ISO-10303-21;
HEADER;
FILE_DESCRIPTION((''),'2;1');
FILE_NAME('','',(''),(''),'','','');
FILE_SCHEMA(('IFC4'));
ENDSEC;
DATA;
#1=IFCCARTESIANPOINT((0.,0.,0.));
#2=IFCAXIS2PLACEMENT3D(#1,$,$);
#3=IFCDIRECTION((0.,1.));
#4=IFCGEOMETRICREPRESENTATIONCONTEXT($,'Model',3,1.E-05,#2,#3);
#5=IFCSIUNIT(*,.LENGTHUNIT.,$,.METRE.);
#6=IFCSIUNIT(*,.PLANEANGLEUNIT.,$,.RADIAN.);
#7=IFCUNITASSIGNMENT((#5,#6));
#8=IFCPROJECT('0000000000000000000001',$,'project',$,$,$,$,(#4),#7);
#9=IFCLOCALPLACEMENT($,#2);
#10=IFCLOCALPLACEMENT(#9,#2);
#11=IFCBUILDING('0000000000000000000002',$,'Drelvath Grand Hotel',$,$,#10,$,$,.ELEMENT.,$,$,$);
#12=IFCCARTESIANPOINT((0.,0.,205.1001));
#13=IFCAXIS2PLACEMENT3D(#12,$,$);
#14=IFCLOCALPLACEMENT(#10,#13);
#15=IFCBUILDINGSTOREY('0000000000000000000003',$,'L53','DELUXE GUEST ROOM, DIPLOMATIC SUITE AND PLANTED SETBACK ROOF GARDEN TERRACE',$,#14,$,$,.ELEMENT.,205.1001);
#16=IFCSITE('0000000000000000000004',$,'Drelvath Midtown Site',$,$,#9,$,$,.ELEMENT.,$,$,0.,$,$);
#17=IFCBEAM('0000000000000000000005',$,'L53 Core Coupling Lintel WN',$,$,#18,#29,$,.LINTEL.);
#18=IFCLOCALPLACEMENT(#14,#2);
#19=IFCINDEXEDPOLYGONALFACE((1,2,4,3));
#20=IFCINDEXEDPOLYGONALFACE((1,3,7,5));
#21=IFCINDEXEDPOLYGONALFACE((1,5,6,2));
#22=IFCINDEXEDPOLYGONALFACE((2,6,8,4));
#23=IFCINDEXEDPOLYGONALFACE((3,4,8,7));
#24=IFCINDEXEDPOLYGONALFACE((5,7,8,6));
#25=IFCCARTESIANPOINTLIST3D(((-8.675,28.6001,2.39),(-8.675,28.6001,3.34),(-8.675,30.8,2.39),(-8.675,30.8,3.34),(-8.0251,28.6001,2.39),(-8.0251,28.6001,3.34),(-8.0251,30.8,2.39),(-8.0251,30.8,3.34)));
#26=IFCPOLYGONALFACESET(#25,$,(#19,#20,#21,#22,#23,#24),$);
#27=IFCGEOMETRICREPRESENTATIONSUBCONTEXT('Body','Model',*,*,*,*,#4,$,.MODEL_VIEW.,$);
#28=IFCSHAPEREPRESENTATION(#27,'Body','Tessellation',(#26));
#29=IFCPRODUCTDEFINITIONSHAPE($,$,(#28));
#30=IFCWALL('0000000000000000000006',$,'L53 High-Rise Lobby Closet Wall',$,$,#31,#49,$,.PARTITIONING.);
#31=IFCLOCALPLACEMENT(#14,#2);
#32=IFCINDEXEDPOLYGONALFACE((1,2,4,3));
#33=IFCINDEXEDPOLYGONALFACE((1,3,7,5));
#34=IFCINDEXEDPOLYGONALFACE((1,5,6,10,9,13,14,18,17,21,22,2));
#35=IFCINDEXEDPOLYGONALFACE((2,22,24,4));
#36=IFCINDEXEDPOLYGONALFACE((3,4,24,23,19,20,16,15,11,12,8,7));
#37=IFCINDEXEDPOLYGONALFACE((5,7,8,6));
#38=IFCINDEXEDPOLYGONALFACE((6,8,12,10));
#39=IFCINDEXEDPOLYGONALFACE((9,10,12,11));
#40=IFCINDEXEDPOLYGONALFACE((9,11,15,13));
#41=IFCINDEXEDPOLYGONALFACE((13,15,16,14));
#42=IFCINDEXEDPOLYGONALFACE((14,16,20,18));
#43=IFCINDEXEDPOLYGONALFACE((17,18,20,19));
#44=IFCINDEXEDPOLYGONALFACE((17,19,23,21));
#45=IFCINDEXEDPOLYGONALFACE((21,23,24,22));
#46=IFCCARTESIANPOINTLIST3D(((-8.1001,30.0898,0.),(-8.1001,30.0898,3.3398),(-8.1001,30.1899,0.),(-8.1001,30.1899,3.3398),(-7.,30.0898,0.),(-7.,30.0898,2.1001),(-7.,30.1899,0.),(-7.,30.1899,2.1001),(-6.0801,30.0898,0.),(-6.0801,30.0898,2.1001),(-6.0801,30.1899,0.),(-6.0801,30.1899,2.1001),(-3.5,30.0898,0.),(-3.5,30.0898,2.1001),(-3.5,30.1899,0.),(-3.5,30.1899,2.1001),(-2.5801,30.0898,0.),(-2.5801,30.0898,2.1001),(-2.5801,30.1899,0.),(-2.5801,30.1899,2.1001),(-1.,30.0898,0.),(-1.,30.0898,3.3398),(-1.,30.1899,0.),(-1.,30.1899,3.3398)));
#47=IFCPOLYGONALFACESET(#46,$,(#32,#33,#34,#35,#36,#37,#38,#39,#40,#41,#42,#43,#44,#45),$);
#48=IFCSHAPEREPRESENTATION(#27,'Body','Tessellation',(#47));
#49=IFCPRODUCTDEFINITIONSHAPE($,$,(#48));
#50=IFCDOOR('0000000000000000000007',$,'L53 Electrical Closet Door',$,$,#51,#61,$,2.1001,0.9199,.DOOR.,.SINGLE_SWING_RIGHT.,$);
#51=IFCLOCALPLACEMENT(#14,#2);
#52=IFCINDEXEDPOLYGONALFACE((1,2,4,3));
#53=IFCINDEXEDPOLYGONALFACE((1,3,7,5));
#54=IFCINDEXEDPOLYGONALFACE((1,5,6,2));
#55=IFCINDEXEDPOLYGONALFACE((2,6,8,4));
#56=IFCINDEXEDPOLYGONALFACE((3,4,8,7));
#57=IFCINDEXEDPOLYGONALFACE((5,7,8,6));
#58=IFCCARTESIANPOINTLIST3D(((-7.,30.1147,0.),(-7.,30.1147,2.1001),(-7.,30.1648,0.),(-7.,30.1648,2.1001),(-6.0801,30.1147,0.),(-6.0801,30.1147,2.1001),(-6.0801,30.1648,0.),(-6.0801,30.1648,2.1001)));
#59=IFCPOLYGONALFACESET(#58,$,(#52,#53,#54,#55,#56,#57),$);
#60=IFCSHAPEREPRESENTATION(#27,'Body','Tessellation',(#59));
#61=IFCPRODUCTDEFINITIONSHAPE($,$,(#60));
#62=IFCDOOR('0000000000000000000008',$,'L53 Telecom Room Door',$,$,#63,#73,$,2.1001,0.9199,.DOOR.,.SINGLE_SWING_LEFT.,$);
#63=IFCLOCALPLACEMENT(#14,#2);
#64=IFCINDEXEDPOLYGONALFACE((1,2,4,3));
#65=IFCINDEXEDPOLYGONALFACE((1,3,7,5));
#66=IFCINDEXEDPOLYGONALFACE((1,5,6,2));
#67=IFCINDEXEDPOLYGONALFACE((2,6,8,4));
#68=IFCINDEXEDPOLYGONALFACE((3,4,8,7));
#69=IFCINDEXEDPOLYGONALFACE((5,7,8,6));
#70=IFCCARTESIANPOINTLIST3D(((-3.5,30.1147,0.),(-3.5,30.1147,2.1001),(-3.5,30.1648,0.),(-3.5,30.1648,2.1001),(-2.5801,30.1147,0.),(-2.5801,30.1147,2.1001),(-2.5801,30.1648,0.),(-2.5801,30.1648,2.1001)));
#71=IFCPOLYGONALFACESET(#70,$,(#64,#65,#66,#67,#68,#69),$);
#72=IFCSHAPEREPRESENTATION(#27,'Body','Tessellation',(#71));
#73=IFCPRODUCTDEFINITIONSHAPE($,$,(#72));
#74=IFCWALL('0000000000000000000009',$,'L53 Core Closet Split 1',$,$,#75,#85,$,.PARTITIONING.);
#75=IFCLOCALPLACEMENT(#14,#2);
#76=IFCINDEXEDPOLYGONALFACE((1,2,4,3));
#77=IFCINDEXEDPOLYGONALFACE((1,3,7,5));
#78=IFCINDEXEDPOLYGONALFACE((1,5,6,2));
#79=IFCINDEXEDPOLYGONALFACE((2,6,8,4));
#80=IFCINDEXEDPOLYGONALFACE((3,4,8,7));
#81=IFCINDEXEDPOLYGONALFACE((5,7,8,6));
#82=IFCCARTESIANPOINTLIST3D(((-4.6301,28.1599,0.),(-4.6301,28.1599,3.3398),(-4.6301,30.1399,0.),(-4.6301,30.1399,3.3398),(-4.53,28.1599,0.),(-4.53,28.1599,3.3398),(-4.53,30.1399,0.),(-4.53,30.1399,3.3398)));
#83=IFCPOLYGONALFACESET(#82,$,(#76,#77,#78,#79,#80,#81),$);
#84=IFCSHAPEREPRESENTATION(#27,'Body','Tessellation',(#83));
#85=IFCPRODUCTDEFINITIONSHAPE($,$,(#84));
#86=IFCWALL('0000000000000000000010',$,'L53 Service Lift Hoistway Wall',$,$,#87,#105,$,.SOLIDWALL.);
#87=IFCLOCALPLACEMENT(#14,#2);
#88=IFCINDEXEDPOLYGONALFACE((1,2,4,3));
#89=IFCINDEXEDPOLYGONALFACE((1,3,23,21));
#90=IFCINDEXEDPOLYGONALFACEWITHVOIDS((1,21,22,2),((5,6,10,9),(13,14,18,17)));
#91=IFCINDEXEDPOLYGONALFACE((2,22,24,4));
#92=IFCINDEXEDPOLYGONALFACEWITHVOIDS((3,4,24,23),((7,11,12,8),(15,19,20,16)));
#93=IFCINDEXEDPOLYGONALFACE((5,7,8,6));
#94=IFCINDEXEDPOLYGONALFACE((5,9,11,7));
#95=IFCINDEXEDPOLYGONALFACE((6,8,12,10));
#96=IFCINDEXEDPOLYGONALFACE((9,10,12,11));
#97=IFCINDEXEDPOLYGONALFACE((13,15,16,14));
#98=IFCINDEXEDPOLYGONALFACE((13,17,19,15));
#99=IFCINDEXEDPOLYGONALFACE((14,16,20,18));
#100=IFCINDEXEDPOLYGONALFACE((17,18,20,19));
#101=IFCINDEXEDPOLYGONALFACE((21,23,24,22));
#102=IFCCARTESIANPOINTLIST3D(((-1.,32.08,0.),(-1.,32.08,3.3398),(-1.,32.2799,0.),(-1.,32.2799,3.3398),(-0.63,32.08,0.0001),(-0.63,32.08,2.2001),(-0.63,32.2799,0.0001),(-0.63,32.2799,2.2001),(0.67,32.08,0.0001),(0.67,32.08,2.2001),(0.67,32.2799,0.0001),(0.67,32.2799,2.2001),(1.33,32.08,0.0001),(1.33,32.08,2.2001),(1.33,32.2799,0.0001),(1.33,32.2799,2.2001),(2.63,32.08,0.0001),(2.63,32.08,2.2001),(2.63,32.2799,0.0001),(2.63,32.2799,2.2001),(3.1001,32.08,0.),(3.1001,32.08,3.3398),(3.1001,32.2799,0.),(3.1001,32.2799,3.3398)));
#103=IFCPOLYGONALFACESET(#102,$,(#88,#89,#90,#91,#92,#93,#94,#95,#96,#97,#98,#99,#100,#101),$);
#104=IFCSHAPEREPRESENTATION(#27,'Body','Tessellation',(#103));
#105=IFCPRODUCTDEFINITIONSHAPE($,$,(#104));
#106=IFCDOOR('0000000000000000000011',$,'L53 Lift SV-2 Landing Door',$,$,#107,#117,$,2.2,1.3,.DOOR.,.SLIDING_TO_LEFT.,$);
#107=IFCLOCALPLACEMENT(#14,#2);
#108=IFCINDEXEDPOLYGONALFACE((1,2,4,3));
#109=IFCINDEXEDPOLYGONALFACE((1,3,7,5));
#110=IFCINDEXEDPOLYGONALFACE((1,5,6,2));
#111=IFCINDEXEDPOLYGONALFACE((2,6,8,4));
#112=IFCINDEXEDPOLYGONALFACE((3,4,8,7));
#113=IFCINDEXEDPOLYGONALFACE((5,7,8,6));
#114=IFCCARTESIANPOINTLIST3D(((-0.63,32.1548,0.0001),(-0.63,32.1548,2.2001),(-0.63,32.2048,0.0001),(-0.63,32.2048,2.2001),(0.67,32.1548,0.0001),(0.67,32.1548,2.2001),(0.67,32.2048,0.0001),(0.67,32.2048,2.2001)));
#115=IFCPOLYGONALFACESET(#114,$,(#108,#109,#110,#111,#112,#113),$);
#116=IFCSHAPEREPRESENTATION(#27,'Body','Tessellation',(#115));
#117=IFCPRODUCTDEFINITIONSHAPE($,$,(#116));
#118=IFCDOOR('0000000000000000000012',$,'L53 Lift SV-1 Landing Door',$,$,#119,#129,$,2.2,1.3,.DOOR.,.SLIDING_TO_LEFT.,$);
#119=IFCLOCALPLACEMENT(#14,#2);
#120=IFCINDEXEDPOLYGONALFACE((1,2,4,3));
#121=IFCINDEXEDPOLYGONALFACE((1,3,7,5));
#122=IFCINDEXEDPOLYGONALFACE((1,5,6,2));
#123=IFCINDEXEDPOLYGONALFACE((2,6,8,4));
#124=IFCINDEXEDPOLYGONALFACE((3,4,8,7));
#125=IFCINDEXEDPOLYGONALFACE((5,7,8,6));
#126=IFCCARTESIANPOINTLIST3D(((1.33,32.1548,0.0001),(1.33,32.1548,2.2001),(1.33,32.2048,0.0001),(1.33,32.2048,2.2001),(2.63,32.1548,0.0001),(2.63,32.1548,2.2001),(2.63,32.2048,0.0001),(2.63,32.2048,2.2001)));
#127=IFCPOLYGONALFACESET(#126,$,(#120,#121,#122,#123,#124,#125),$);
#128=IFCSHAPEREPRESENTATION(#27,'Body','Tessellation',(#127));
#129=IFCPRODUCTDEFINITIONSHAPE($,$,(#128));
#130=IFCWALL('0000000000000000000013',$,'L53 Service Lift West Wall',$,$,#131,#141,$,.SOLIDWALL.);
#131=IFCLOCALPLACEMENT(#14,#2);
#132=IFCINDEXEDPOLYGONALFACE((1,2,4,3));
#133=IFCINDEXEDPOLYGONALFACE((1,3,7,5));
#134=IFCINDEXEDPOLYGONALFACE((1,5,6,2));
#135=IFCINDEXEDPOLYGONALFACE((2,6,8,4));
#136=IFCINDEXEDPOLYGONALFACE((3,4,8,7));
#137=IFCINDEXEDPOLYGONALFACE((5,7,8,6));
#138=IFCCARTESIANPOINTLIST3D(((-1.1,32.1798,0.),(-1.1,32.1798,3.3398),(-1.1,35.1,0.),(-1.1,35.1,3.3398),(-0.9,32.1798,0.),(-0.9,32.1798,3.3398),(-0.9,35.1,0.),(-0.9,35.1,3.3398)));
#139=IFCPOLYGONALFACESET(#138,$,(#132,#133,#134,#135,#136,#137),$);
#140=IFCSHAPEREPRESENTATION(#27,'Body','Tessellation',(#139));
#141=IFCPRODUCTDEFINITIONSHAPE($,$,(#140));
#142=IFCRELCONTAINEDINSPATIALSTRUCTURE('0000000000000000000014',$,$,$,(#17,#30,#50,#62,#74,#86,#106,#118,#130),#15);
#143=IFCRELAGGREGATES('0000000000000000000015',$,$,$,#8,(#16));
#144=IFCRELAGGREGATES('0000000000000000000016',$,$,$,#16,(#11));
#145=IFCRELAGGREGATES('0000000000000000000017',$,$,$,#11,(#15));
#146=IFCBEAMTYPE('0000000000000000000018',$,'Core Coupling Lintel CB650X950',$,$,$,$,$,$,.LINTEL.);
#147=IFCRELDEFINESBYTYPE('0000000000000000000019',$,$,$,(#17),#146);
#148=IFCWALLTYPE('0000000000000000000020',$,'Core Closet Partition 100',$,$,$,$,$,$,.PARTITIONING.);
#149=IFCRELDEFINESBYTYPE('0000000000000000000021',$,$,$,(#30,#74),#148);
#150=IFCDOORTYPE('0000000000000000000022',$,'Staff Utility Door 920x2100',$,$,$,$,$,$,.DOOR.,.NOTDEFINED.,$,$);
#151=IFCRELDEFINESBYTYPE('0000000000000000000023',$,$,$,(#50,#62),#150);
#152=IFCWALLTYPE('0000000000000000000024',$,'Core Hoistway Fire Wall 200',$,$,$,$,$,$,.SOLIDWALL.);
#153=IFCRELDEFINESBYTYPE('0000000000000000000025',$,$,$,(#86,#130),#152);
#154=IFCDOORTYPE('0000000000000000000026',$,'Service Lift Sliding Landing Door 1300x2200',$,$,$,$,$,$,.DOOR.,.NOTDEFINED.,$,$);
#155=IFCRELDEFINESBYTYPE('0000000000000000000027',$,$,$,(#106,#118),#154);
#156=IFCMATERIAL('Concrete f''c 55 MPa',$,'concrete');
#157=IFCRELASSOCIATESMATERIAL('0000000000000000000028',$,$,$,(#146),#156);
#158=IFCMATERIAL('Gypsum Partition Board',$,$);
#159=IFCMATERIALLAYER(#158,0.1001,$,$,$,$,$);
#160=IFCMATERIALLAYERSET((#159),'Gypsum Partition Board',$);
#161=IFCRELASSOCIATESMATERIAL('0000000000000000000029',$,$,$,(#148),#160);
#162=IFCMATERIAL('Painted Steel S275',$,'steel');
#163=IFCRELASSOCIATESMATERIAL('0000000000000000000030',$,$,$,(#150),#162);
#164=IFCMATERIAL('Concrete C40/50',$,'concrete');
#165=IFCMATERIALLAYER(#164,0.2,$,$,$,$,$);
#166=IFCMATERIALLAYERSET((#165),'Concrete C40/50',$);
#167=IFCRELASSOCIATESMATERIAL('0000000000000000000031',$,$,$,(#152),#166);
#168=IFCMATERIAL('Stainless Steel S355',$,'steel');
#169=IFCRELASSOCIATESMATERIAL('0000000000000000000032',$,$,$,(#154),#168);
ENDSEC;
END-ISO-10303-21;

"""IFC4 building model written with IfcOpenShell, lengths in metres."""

from ifc_helpers import new_model, si_unit, direction, frame, frame_2d, origin, origin_2d, place, context, subcontext, project, spatial, rectangle, extrude, material, layer, layer_set, material_profile, profile_set, type_object, element, fill, save


model = new_model("IFC4")

# Units and contexts
model_context = context("Model", 3, precision=1e-05, world=origin(), true_north=direction((0.0, 1.0)))
body_context = subcontext(model_context, "Body", "Model", "MODEL_VIEW")
ifc_project = project(units=[si_unit("LENGTHUNIT", "METRE"), si_unit("PLANEANGLEUNIT", "RADIAN")], contexts=[model_context])

# Site, building, storey
site_placement = place(None, origin())
site = spatial("IfcSite", under=ifc_project, at=site_placement, Name="Drelvath Midtown Site", CompositionType="ELEMENT", RefElevation=0.0)
building_placement = place(site_placement, origin())
building = spatial("IfcBuilding", under=site, at=building_placement, Name="Drelvath Grand Hotel", CompositionType="ELEMENT")
storey_placement = place(building_placement, frame((0.0, 0.0, 205.1001)))
storey = spatial("IfcBuildingStorey", under=building, at=storey_placement, Name="L53", Description="DELUXE GUEST ROOM, DIPLOMATIC SUITE AND PLANTED SETBACK ROOF GARDEN TERRACE", CompositionType="ELEMENT", Elevation=205.1001)

# Beam
ifc_material_1 = material(Name="Concrete f'c 55 MPa", Category="concrete")
ifc_material_profile = material_profile(ifc_material_1, rectangle(XDim=0.6499, YDim=0.95, at=origin_2d()), Name="CB650X950")
ifc_profile_set = profile_set([ifc_material_profile], Name="Concrete f'c 55 MPa")
beam_type = type_object("IfcBeamType", Name="Core Coupling Lintel CB650X950", PredefinedType="LINTEL", material=ifc_profile_set)
beam_placement = place(storey_placement, frame((-8.3501, 28.6001, 2.865), z_axis=(0.0, 1.0, 0.0), x_axis=(-1.0, 0.0, 0.0)))
element("IfcBeam", 1, at=beam_placement, inside=storey, type_object=beam_type, Name="L53 Core Coupling Lintel WN", PredefinedType="LINTEL", context=body_context, shape_type="SweptSolid", body=[
    extrude(rectangle(XDim=0.6499, YDim=0.95, at=origin_2d()), origin(), (0.0, 0.0, 1.0), 2.2),
])

# Wall, openings, doors
ifc_material_2 = material(Name="Gypsum Partition Board")
ifc_layer_1 = layer(ifc_material_2, 0.1001)
ifc_layer_set_1 = layer_set([ifc_layer_1], Name="Gypsum Partition Board")
wall_type_1 = type_object("IfcWallType", Name="Core Closet Partition 100", PredefinedType="PARTITIONING", material=ifc_layer_set_1)
wall_1_placement = place(storey_placement, frame((-8.1001, 30.1399, 0.0), z_axis=(0.0, 0.0, 1.0), x_axis=(1.0, 0.0, 0.0)))
wall_1 = element("IfcWall", 2, at=wall_1_placement, inside=storey, type_object=wall_type_1, Name="L53 High-Rise Lobby Closet Wall", PredefinedType="PARTITIONING", context=body_context, shape_type="SweptSolid", body=[
    extrude(rectangle(XDim=7.1001, YDim=0.1001, at=frame_2d((3.55, 0.0))), origin(), (0.0, 0.0, 1.0), 3.3398),
])
opening_1_placement = place(wall_1_placement, frame((1.1001, 0.0, 0.0)))
opening_1 = element("IfcOpeningElement", 3, at=opening_1_placement, cuts=wall_1, PredefinedType="OPENING", context=body_context, shape_type="SweptSolid", body=[
    extrude(rectangle(XDim=0.9199, YDim=2.1001, at=frame_2d((0.46, 1.05))), frame((0.0, 0.0601, 0.0), z_axis=(0.0, -1.0, 0.0), x_axis=(1.0, 0.0, 0.0)), (0.0, 0.0, 1.0), 0.1201),
])
opening_2_placement = place(wall_1_placement, frame((4.6001, 0.0, 0.0)))
opening_2 = element("IfcOpeningElement", 4, at=opening_2_placement, cuts=wall_1, PredefinedType="OPENING", context=body_context, shape_type="SweptSolid", body=[
    extrude(rectangle(XDim=0.9199, YDim=2.1001, at=frame_2d((0.46, 1.05))), frame((0.0, 0.0601, 0.0), z_axis=(0.0, -1.0, 0.0), x_axis=(1.0, 0.0, 0.0)), (0.0, 0.0, 1.0), 0.1201),
])
ifc_material_3 = material(Name="Painted Steel S275", Category="steel")
door_type_1 = type_object("IfcDoorType", Name="Staff Utility Door 920x2100", OperationType="NOTDEFINED", PredefinedType="DOOR", material=ifc_material_3)
door_1_placement = place(opening_1_placement, origin())
door_1 = element("IfcDoor", 5, at=door_1_placement, inside=storey, type_object=door_type_1, Name="L53 Electrical Closet Door", OperationType="SINGLE_SWING_RIGHT", OverallHeight=2.1001, OverallWidth=0.9199, PredefinedType="DOOR", context=body_context, shape_type="SweptSolid", body=[
    extrude(rectangle(XDim=0.9199, YDim=2.1001, at=frame_2d((0.46, 1.05))), frame((0.0, 0.0249, 0.0), z_axis=(0.0, -1.0, 0.0), x_axis=(1.0, 0.0, 0.0)), (0.0, 0.0, 1.0), 0.05),
])
fill(opening_1, door_1)
door_2_placement = place(opening_2_placement, origin())
door_2 = element("IfcDoor", 6, at=door_2_placement, inside=storey, type_object=door_type_1, Name="L53 Telecom Room Door", OperationType="SINGLE_SWING_LEFT", OverallHeight=2.1001, OverallWidth=0.9199, PredefinedType="DOOR", context=body_context, shape_type="SweptSolid", body=[
    extrude(rectangle(XDim=0.9199, YDim=2.1001, at=frame_2d((0.46, 1.05))), frame((0.0, 0.0249, 0.0), z_axis=(0.0, -1.0, 0.0), x_axis=(1.0, 0.0, 0.0)), (0.0, 0.0, 1.0), 0.05),
])
fill(opening_2, door_2)

# Wall
wall_2_placement = place(storey_placement, frame((-4.5801, 28.1599, 0.0), z_axis=(0.0, 0.0, 1.0), x_axis=(0.0, 1.0, 0.0)))
element("IfcWall", 7, at=wall_2_placement, inside=storey, type_object=wall_type_1, Name="L53 Core Closet Split 1", PredefinedType="PARTITIONING", context=body_context, shape_type="SweptSolid", body=[
    extrude(rectangle(XDim=1.98, YDim=0.1001, at=frame_2d((0.99, 0.0))), origin(), (0.0, 0.0, 1.0), 3.3398),
])

# Wall, openings, doors
ifc_material_4 = material(Name="Concrete C40/50", Category="concrete")
ifc_layer_2 = layer(ifc_material_4, 0.2)
ifc_layer_set_2 = layer_set([ifc_layer_2], Name="Concrete C40/50")
wall_type_2 = type_object("IfcWallType", Name="Core Hoistway Fire Wall 200", PredefinedType="SOLIDWALL", material=ifc_layer_set_2)
wall_3_placement = place(storey_placement, frame((-1.0, 32.1799, 0.0), z_axis=(0.0, 0.0, 1.0), x_axis=(1.0, 0.0, 0.0)))
wall_3 = element("IfcWall", 8, at=wall_3_placement, inside=storey, type_object=wall_type_2, Name="L53 Service Lift Hoistway Wall", PredefinedType="SOLIDWALL", context=body_context, shape_type="SweptSolid", body=[
    extrude(rectangle(XDim=4.1001, YDim=0.2, at=frame_2d((2.05, 0.0))), origin(), (0.0, 0.0, 1.0), 3.3398),
])
opening_3_placement = place(wall_3_placement, frame((0.3701, 0.0, 0.0)))
opening_3 = element("IfcOpeningElement", 9, at=opening_3_placement, cuts=wall_3, PredefinedType="OPENING", context=body_context, shape_type="SweptSolid", body=[
    extrude(rectangle(XDim=1.3, YDim=2.2, at=frame_2d((0.6499, 1.1001))), frame((0.0, 0.1099, 0.0), z_axis=(0.0, -1.0, 0.0), x_axis=(1.0, 0.0, 0.0)), (0.0, 0.0, 1.0), 0.22),
])
opening_4_placement = place(wall_3_placement, frame((2.3301, 0.0, 0.0)))
opening_4 = element("IfcOpeningElement", 10, at=opening_4_placement, cuts=wall_3, PredefinedType="OPENING", context=body_context, shape_type="SweptSolid", body=[
    extrude(rectangle(XDim=1.3, YDim=2.2, at=frame_2d((0.6499, 1.1001))), frame((0.0, 0.1099, 0.0), z_axis=(0.0, -1.0, 0.0), x_axis=(1.0, 0.0, 0.0)), (0.0, 0.0, 1.0), 0.22),
])
ifc_material_5 = material(Name="Stainless Steel S355", Category="steel")
door_type_2 = type_object("IfcDoorType", Name="Service Lift Sliding Landing Door 1300x2200", OperationType="NOTDEFINED", PredefinedType="DOOR", material=ifc_material_5)
door_3_placement = place(opening_3_placement, origin())
door_3 = element("IfcDoor", 11, at=door_3_placement, inside=storey, type_object=door_type_2, Name="L53 Lift SV-2 Landing Door", OperationType="SLIDING_TO_LEFT", OverallHeight=2.2, OverallWidth=1.3, PredefinedType="DOOR", context=body_context, shape_type="SweptSolid", body=[
    extrude(rectangle(XDim=1.3, YDim=2.2, at=frame_2d((0.6499, 1.1001))), frame((0.0, 0.0249, 0.0), z_axis=(0.0, -1.0, 0.0), x_axis=(1.0, 0.0, 0.0)), (0.0, 0.0, 1.0), 0.05),
])
fill(opening_3, door_3)
door_4_placement = place(opening_4_placement, origin())
door_4 = element("IfcDoor", 12, at=door_4_placement, inside=storey, type_object=door_type_2, Name="L53 Lift SV-1 Landing Door", OperationType="SLIDING_TO_LEFT", OverallHeight=2.2, OverallWidth=1.3, PredefinedType="DOOR", context=body_context, shape_type="SweptSolid", body=[
    extrude(rectangle(XDim=1.3, YDim=2.2, at=frame_2d((0.6499, 1.1001))), frame((0.0, 0.0249, 0.0), z_axis=(0.0, -1.0, 0.0), x_axis=(1.0, 0.0, 0.0)), (0.0, 0.0, 1.0), 0.05),
])
fill(opening_4, door_4)

# Wall
wall_4_placement = place(storey_placement, frame((-1.0, 32.1799, 0.0), z_axis=(0.0, 0.0, 1.0), x_axis=(0.0, 1.0, 0.0)))
element("IfcWall", 13, at=wall_4_placement, inside=storey, type_object=wall_type_2, Name="L53 Service Lift West Wall", PredefinedType="SOLIDWALL", context=body_context, shape_type="SweptSolid", body=[
    extrude(rectangle(XDim=2.9202, YDim=0.2, at=frame_2d((1.46, 0.0))), origin(), (0.0, 0.0, 1.0), 3.3398),
])

save(model, "model.ifc")
